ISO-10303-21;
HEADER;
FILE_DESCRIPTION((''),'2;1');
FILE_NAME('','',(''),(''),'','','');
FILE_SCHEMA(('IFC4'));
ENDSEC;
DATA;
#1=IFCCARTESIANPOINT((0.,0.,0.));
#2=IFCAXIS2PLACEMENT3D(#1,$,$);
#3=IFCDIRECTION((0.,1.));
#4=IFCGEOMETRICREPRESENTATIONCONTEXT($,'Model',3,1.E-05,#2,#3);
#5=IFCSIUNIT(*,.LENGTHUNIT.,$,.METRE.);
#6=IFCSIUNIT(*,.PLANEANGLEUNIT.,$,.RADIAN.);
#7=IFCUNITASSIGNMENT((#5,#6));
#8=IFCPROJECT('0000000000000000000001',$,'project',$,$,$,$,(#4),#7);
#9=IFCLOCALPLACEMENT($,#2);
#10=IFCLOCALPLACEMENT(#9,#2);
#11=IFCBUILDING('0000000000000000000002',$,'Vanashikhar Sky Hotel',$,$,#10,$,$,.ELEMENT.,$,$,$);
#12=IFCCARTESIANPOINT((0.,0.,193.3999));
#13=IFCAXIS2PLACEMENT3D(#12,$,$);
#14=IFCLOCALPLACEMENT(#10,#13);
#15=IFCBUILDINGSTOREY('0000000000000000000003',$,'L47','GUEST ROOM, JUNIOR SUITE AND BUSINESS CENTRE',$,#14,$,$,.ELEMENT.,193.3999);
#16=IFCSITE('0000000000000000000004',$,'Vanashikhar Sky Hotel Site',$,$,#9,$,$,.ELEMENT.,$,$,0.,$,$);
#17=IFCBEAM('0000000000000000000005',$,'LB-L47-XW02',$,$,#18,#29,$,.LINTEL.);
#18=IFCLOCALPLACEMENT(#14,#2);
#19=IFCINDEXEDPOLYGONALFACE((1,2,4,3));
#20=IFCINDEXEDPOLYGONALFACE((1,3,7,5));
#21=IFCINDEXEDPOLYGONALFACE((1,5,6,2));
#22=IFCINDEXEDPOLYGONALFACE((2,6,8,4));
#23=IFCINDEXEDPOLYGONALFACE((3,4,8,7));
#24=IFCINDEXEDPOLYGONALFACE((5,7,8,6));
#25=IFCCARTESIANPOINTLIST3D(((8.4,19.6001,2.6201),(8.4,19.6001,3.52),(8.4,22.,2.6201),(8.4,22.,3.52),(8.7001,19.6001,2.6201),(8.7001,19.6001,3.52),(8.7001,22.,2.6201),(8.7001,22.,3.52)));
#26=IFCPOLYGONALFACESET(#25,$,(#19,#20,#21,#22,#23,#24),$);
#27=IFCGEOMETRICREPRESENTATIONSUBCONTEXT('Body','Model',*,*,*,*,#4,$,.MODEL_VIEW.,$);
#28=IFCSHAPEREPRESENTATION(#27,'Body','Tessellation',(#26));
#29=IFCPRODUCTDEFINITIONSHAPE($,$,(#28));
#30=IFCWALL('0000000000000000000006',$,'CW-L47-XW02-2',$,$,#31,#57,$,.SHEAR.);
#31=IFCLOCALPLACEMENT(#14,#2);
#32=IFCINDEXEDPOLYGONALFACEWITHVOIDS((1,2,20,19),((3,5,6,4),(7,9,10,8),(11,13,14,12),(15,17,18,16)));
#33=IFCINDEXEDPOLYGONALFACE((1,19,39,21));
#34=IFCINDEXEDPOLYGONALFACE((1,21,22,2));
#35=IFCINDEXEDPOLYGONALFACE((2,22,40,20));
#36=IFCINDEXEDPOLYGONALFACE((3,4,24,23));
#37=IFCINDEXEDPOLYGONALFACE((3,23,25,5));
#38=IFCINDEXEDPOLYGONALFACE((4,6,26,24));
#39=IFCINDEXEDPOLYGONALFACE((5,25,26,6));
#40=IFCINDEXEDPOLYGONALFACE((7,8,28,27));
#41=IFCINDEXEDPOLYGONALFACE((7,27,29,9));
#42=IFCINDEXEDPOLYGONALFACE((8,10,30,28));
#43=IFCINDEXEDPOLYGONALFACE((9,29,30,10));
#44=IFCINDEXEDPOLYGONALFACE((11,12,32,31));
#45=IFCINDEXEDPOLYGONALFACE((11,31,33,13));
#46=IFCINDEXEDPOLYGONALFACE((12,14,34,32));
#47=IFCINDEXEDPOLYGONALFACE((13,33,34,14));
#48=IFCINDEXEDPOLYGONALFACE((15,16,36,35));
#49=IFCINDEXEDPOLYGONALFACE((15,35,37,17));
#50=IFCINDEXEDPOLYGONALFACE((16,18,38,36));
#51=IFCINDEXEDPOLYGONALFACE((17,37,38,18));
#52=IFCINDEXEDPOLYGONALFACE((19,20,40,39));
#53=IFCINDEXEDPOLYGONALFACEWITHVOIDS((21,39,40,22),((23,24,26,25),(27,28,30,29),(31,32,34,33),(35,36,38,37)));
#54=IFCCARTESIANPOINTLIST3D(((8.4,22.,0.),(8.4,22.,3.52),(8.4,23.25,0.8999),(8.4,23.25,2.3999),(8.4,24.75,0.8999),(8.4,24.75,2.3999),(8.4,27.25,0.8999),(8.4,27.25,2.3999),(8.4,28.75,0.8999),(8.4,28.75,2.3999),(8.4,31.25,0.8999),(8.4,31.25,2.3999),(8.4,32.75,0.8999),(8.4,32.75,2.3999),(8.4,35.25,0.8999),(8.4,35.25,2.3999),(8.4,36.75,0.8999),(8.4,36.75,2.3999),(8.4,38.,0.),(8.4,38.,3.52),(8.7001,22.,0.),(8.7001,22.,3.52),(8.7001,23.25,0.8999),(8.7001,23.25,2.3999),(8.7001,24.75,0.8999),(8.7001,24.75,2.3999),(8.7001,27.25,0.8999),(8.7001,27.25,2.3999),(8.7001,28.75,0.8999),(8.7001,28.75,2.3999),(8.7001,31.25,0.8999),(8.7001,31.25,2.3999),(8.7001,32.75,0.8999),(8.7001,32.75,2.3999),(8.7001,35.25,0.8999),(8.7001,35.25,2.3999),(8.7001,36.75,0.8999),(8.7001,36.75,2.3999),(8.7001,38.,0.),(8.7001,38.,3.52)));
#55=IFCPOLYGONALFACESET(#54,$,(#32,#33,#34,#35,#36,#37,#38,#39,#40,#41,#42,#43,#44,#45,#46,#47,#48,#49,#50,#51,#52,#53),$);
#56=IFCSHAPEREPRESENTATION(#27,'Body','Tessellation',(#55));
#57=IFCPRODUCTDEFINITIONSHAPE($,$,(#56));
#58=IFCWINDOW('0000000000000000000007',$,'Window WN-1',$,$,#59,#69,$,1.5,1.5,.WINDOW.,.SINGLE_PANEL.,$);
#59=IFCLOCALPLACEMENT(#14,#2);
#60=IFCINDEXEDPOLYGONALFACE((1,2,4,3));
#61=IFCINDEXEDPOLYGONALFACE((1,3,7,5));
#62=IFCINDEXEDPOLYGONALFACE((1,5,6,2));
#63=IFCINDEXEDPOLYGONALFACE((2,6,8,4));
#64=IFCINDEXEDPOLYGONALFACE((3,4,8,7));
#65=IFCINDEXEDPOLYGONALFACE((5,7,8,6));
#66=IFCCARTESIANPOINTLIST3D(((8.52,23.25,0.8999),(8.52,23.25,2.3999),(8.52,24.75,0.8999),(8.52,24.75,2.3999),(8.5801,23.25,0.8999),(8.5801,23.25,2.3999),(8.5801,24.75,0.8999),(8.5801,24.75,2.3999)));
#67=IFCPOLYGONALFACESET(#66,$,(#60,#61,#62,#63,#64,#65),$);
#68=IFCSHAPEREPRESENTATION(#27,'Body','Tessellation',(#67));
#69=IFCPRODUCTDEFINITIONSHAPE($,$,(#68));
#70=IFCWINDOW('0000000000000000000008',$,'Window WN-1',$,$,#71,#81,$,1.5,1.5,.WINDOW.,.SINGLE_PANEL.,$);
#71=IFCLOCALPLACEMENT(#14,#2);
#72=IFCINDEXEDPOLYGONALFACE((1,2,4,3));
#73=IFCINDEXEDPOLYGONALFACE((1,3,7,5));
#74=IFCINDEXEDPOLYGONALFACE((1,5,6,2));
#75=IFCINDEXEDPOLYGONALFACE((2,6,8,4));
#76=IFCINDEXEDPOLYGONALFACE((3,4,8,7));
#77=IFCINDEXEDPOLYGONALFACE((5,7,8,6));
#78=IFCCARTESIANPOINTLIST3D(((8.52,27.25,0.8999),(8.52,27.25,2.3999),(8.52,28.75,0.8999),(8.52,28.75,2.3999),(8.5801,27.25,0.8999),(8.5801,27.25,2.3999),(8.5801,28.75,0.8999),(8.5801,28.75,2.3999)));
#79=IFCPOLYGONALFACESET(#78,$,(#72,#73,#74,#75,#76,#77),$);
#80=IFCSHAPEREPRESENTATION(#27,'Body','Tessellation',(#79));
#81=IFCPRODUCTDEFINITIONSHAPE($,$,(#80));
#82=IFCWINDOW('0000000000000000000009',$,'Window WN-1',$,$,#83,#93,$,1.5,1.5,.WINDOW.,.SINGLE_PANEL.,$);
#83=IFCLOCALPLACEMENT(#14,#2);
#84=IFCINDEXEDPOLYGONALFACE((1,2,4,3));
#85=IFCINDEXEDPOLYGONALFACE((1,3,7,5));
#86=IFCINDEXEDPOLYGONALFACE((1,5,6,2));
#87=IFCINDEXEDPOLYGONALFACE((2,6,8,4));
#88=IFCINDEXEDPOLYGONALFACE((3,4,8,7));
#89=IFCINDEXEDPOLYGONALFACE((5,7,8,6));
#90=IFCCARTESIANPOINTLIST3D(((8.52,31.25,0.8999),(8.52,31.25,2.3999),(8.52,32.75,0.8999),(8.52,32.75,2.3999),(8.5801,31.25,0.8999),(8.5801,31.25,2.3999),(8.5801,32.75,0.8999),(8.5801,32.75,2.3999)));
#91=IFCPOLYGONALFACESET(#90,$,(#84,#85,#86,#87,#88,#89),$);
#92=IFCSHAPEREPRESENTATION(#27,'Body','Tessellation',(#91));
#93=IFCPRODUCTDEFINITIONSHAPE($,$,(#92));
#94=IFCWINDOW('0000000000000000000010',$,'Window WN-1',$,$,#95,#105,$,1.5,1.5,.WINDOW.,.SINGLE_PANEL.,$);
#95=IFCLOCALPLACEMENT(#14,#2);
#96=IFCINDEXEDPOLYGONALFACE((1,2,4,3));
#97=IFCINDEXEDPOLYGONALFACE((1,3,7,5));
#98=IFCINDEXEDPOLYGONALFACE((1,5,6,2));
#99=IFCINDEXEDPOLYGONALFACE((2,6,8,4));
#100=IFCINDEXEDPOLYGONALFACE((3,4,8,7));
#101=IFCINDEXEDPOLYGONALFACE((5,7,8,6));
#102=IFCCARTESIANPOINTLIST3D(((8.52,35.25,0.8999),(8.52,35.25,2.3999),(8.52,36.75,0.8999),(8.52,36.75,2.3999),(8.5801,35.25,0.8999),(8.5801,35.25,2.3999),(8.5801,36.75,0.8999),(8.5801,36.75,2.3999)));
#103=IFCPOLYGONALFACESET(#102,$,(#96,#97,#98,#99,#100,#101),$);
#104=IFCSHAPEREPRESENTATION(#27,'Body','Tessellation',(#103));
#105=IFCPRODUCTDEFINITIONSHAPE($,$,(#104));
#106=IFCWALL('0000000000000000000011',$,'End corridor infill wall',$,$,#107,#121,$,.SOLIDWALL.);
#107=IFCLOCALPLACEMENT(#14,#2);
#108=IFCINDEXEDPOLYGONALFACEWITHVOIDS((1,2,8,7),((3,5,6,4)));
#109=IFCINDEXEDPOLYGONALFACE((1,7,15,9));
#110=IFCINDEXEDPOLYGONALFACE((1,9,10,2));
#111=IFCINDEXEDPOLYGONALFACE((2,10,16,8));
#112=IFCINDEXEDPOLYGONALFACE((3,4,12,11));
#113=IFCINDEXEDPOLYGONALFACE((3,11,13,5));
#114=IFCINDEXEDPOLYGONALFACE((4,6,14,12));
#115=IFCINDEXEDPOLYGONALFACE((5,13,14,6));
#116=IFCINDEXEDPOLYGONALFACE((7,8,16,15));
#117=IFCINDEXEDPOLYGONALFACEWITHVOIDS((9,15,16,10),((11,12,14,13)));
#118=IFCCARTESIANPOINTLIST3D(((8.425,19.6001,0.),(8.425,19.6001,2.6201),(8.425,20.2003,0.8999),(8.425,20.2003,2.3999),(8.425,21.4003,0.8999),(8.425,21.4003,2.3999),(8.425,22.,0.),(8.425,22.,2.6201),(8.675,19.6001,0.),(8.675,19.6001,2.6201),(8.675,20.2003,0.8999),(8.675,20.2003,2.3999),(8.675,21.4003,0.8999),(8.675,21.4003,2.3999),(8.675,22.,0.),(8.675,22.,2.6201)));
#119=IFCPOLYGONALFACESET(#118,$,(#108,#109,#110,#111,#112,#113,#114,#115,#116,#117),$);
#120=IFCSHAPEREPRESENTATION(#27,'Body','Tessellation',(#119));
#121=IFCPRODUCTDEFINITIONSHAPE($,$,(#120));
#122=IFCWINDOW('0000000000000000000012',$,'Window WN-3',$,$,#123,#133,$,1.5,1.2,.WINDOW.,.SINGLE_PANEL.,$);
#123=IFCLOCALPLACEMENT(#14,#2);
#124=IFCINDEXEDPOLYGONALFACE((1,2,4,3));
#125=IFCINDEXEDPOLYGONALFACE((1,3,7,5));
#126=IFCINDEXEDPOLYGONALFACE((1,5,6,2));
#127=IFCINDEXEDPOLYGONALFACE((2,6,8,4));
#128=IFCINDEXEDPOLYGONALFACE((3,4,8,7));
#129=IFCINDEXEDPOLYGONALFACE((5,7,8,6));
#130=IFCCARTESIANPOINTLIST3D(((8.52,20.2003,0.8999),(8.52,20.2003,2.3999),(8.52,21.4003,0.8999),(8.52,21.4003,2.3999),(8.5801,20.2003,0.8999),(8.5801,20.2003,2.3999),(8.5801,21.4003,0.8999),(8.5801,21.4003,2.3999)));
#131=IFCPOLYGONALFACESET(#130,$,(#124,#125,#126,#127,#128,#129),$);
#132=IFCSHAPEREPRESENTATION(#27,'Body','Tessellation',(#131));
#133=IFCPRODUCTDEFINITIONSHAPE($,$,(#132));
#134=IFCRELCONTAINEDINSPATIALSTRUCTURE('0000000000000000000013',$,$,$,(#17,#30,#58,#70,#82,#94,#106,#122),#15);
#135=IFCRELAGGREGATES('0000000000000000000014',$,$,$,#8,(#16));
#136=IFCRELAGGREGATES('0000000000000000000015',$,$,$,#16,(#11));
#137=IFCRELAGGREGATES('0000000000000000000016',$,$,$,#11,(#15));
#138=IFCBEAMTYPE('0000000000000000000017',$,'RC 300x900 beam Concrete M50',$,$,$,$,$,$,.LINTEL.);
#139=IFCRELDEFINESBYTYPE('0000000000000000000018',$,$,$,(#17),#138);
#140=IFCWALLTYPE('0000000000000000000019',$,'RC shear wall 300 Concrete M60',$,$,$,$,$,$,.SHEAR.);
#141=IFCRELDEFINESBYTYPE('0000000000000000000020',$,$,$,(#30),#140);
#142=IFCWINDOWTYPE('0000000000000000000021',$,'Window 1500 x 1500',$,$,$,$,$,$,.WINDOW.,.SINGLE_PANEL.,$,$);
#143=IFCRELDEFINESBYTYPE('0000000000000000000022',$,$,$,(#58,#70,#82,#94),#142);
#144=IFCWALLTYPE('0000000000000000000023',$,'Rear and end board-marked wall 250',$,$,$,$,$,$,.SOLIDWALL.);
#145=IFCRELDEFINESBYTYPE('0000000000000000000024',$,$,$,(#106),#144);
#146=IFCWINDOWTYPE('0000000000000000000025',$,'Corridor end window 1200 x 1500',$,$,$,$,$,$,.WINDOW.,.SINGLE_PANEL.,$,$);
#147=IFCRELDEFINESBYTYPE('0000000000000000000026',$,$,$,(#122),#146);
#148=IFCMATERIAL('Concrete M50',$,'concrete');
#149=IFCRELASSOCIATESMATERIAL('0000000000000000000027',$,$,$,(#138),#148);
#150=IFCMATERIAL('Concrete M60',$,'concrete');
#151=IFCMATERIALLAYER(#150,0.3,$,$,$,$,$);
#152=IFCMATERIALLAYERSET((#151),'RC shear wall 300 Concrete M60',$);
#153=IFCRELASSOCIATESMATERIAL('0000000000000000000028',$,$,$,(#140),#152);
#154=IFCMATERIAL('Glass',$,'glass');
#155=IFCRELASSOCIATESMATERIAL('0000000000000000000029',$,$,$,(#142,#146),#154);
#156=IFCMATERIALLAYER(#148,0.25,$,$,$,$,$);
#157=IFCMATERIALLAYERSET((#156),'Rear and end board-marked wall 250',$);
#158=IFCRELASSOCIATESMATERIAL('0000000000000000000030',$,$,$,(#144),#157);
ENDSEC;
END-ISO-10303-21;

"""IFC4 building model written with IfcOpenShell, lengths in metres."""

from ifc_helpers import new_model, si_unit, direction, frame, frame_2d, origin, origin_2d, place, context, subcontext, project, spatial, rectangle, extrude, source, transform, mapped, material, layer, layer_set, material_profile, profile_set, type_object, element, fill, save


model = new_model("IFC4")

# Units and contexts
model_context = context("Model", 3, precision=1e-05, world=origin(), true_north=direction((0.0, 1.0)))
body_context = subcontext(model_context, "Body", "Model", "MODEL_VIEW")
ifc_project = project(units=[si_unit("LENGTHUNIT", "METRE"), si_unit("PLANEANGLEUNIT", "RADIAN")], contexts=[model_context])

# Site, building, storey
site_placement = place(None, origin())
site = spatial("IfcSite", under=ifc_project, at=site_placement, Name="Vanashikhar Sky Hotel Site", CompositionType="ELEMENT", RefElevation=0.0)
building_placement = place(site_placement, origin())
building = spatial("IfcBuilding", under=site, at=building_placement, Name="Vanashikhar Sky Hotel", CompositionType="ELEMENT")
storey_placement = place(building_placement, frame((0.0, 0.0, 193.3999)))
storey = spatial("IfcBuildingStorey", under=building, at=storey_placement, Name="L47", Description="GUEST ROOM, JUNIOR SUITE AND BUSINESS CENTRE", CompositionType="ELEMENT", Elevation=193.3999)

# Beam
ifc_material_1 = material(Name="Concrete M50", Category="concrete")
ifc_material_profile = material_profile(ifc_material_1, rectangle(XDim=0.3, YDim=0.8999, at=origin_2d()))
ifc_profile_set = profile_set([ifc_material_profile], Name="RC 300x900 beam Concrete M50")
beam_type = type_object("IfcBeamType", Name="RC 300x900 beam Concrete M50", PredefinedType="LINTEL", material=ifc_profile_set)
shared_shape_1 = source(origin(), body_context, "Body", "SweptSolid", [
    extrude(rectangle(XDim=0.3, YDim=0.8999, at=origin_2d()), origin(), (0.0, 0.0, 1.0), 2.3999),
])
beam_placement = place(storey_placement, frame((8.55, 19.6001, 3.0701), z_axis=(0.0, 1.0, 0.0), x_axis=(-1.0, 0.0, 0.0)))
element("IfcBeam", 1, at=beam_placement, inside=storey, type_object=beam_type, Name="LB-L47-XW02", PredefinedType="LINTEL", context=body_context, shape_type="MappedRepresentation", body=[
    mapped(shared_shape_1, transform((0.0, 0.0, 0.0), scale=1.0)),
])

# Wall, openings, windows
ifc_material_2 = material(Name="Concrete M60", Category="concrete")
ifc_layer_1 = layer(ifc_material_2, 0.3)
ifc_layer_set_1 = layer_set([ifc_layer_1], Name="RC shear wall 300 Concrete M60")
wall_type_1 = type_object("IfcWallType", Name="RC shear wall 300 Concrete M60", PredefinedType="SHEAR", material=ifc_layer_set_1)
shared_shape_2 = source(origin(), body_context, "Body", "SweptSolid", [
    extrude(rectangle(XDim=16.0, YDim=0.3, at=frame_2d((8.0, 0.0))), origin(), (0.0, 0.0, 1.0), 3.52),
])
wall_1_placement = place(storey_placement, frame((8.55, 22.0, 0.0), z_axis=(0.0, 0.0, 1.0), x_axis=(0.0, 1.0, 0.0)))
wall_1 = element("IfcWall", 2, at=wall_1_placement, inside=storey, type_object=wall_type_1, Name="CW-L47-XW02-2", PredefinedType="SHEAR", context=body_context, shape_type="MappedRepresentation", body=[
    mapped(shared_shape_2, transform((0.0, 0.0, 0.0), scale=1.0)),
])
shared_shape_3 = source(origin(), body_context, "Body", "SweptSolid", [
    extrude(rectangle(XDim=1.5, YDim=1.5, at=frame_2d((0.75, 0.75))), frame((0.0, 0.1602, 0.0), z_axis=(0.0, -1.0, 0.0), x_axis=(1.0, 0.0, 0.0)), (0.0, 0.0, 1.0), 0.3201),
])
opening_1_placement = place(wall_1_placement, frame((1.25, 0.0, 0.8999)))
opening_1 = element("IfcOpeningElement", 3, at=opening_1_placement, cuts=wall_1, PredefinedType="OPENING", context=body_context, shape_type="MappedRepresentation", body=[
    mapped(shared_shape_3, transform((0.0, 0.0, 0.0), scale=1.0)),
])
opening_2_placement = place(wall_1_placement, frame((5.25, 0.0, 0.8999)))
opening_2 = element("IfcOpeningElement", 4, at=opening_2_placement, cuts=wall_1, PredefinedType="OPENING", context=body_context, shape_type="MappedRepresentation", body=[
    mapped(shared_shape_3, transform((0.0, 0.0, 0.0), scale=1.0)),
])
opening_3_placement = place(wall_1_placement, frame((9.25, 0.0, 0.8999)))
opening_3 = element("IfcOpeningElement", 5, at=opening_3_placement, cuts=wall_1, PredefinedType="OPENING", context=body_context, shape_type="MappedRepresentation", body=[
    mapped(shared_shape_3, transform((0.0, 0.0, 0.0), scale=1.0)),
])
opening_4_placement = place(wall_1_placement, frame((13.25, 0.0, 0.8999)))
opening_4 = element("IfcOpeningElement", 6, at=opening_4_placement, cuts=wall_1, PredefinedType="OPENING", context=body_context, shape_type="MappedRepresentation", body=[
    mapped(shared_shape_3, transform((0.0, 0.0, 0.0), scale=1.0)),
])
ifc_material_3 = material(Name="Glass", Category="glass")
window_type_1 = type_object("IfcWindowType", Name="Window 1500 x 1500", PartitioningType="SINGLE_PANEL", PredefinedType="WINDOW", material=ifc_material_3)
shared_shape_4 = source(origin(), body_context, "Body", "SweptSolid", [
    extrude(rectangle(XDim=1.5, YDim=1.5, at=frame_2d((0.75, 0.75))), frame((0.0, 0.03, 0.0), z_axis=(0.0, -1.0, 0.0), x_axis=(1.0, 0.0, 0.0)), (0.0, 0.0, 1.0), 0.0601),
])
window_1_placement = place(opening_1_placement, origin())
window_1 = element("IfcWindow", 7, at=window_1_placement, inside=storey, type_object=window_type_1, Name="Window WN-1", OverallHeight=1.5, OverallWidth=1.5, PartitioningType="SINGLE_PANEL", PredefinedType="WINDOW", context=body_context, shape_type="MappedRepresentation", body=[
    mapped(shared_shape_4, transform((0.0, 0.0, 0.0), scale=1.0)),
])
fill(opening_1, window_1)
window_2_placement = place(opening_2_placement, origin())
window_2 = element("IfcWindow", 8, at=window_2_placement, inside=storey, type_object=window_type_1, Name="Window WN-1", OverallHeight=1.5, OverallWidth=1.5, PartitioningType="SINGLE_PANEL", PredefinedType="WINDOW", context=body_context, shape_type="MappedRepresentation", body=[
    mapped(shared_shape_4, transform((0.0, 0.0, 0.0), scale=1.0)),
])
fill(opening_2, window_2)
window_3_placement = place(opening_3_placement, origin())
window_3 = element("IfcWindow", 9, at=window_3_placement, inside=storey, type_object=window_type_1, Name="Window WN-1", OverallHeight=1.5, OverallWidth=1.5, PartitioningType="SINGLE_PANEL", PredefinedType="WINDOW", context=body_context, shape_type="MappedRepresentation", body=[
    mapped(shared_shape_4, transform((0.0, 0.0, 0.0), scale=1.0)),
])
fill(opening_3, window_3)
window_4_placement = place(opening_4_placement, origin())
window_4 = element("IfcWindow", 10, at=window_4_placement, inside=storey, type_object=window_type_1, Name="Window WN-1", OverallHeight=1.5, OverallWidth=1.5, PartitioningType="SINGLE_PANEL", PredefinedType="WINDOW", context=body_context, shape_type="MappedRepresentation", body=[
    mapped(shared_shape_4, transform((0.0, 0.0, 0.0), scale=1.0)),
])
fill(opening_4, window_4)

# Wall, opening, window
ifc_layer_2 = layer(ifc_material_1, 0.25)
ifc_layer_set_2 = layer_set([ifc_layer_2], Name="Rear and end board-marked wall 250")
wall_type_2 = type_object("IfcWallType", Name="Rear and end board-marked wall 250", PredefinedType="SOLIDWALL", material=ifc_layer_set_2)
shared_shape_5 = source(origin(), body_context, "Body", "SweptSolid", [
    extrude(rectangle(XDim=2.3999, YDim=0.25, at=frame_2d((1.2, 0.0))), origin(), (0.0, 0.0, 1.0), 2.6201),
])
wall_2_placement = place(storey_placement, frame((8.55, 19.6001, 0.0), z_axis=(0.0, 0.0, 1.0), x_axis=(0.0, 1.0, 0.0)))
wall_2 = element("IfcWall", 11, at=wall_2_placement, inside=storey, type_object=wall_type_2, Name="End corridor infill wall", PredefinedType="SOLIDWALL", context=body_context, shape_type="MappedRepresentation", body=[
    mapped(shared_shape_5, transform((0.0, 0.0, 0.0), scale=1.0)),
])
shared_shape_6 = source(origin(), body_context, "Body", "SweptSolid", [
    extrude(rectangle(XDim=1.2, YDim=1.5, at=frame_2d((0.6001, 0.75))), frame((0.0, 0.135, 0.0), z_axis=(0.0, -1.0, 0.0), x_axis=(1.0, 0.0, 0.0)), (0.0, 0.0, 1.0), 0.27),
])
opening_5_placement = place(wall_2_placement, frame((0.6001, 0.0, 0.8999)))
opening_5 = element("IfcOpeningElement", 12, at=opening_5_placement, cuts=wall_2, PredefinedType="OPENING", context=body_context, shape_type="MappedRepresentation", body=[
    mapped(shared_shape_6, transform((0.0, 0.0, 0.0), scale=1.0)),
])
window_type_2 = type_object("IfcWindowType", Name="Corridor end window 1200 x 1500", PartitioningType="SINGLE_PANEL", PredefinedType="WINDOW", material=ifc_material_3)
shared_shape_7 = source(origin(), body_context, "Body", "SweptSolid", [
    extrude(rectangle(XDim=1.2, YDim=1.5, at=frame_2d((0.6001, 0.75))), frame((0.0, 0.03, 0.0), z_axis=(0.0, -1.0, 0.0), x_axis=(1.0, 0.0, 0.0)), (0.0, 0.0, 1.0), 0.0601),
])
window_5_placement = place(opening_5_placement, origin())
window_5 = element("IfcWindow", 13, at=window_5_placement, inside=storey, type_object=window_type_2, Name="Window WN-3", OverallHeight=1.5, OverallWidth=1.2, PartitioningType="SINGLE_PANEL", PredefinedType="WINDOW", context=body_context, shape_type="MappedRepresentation", body=[
    mapped(shared_shape_7, transform((0.0, 0.0, 0.0), scale=1.0)),
])
fill(opening_5, window_5)

save(model, "model.ifc")
